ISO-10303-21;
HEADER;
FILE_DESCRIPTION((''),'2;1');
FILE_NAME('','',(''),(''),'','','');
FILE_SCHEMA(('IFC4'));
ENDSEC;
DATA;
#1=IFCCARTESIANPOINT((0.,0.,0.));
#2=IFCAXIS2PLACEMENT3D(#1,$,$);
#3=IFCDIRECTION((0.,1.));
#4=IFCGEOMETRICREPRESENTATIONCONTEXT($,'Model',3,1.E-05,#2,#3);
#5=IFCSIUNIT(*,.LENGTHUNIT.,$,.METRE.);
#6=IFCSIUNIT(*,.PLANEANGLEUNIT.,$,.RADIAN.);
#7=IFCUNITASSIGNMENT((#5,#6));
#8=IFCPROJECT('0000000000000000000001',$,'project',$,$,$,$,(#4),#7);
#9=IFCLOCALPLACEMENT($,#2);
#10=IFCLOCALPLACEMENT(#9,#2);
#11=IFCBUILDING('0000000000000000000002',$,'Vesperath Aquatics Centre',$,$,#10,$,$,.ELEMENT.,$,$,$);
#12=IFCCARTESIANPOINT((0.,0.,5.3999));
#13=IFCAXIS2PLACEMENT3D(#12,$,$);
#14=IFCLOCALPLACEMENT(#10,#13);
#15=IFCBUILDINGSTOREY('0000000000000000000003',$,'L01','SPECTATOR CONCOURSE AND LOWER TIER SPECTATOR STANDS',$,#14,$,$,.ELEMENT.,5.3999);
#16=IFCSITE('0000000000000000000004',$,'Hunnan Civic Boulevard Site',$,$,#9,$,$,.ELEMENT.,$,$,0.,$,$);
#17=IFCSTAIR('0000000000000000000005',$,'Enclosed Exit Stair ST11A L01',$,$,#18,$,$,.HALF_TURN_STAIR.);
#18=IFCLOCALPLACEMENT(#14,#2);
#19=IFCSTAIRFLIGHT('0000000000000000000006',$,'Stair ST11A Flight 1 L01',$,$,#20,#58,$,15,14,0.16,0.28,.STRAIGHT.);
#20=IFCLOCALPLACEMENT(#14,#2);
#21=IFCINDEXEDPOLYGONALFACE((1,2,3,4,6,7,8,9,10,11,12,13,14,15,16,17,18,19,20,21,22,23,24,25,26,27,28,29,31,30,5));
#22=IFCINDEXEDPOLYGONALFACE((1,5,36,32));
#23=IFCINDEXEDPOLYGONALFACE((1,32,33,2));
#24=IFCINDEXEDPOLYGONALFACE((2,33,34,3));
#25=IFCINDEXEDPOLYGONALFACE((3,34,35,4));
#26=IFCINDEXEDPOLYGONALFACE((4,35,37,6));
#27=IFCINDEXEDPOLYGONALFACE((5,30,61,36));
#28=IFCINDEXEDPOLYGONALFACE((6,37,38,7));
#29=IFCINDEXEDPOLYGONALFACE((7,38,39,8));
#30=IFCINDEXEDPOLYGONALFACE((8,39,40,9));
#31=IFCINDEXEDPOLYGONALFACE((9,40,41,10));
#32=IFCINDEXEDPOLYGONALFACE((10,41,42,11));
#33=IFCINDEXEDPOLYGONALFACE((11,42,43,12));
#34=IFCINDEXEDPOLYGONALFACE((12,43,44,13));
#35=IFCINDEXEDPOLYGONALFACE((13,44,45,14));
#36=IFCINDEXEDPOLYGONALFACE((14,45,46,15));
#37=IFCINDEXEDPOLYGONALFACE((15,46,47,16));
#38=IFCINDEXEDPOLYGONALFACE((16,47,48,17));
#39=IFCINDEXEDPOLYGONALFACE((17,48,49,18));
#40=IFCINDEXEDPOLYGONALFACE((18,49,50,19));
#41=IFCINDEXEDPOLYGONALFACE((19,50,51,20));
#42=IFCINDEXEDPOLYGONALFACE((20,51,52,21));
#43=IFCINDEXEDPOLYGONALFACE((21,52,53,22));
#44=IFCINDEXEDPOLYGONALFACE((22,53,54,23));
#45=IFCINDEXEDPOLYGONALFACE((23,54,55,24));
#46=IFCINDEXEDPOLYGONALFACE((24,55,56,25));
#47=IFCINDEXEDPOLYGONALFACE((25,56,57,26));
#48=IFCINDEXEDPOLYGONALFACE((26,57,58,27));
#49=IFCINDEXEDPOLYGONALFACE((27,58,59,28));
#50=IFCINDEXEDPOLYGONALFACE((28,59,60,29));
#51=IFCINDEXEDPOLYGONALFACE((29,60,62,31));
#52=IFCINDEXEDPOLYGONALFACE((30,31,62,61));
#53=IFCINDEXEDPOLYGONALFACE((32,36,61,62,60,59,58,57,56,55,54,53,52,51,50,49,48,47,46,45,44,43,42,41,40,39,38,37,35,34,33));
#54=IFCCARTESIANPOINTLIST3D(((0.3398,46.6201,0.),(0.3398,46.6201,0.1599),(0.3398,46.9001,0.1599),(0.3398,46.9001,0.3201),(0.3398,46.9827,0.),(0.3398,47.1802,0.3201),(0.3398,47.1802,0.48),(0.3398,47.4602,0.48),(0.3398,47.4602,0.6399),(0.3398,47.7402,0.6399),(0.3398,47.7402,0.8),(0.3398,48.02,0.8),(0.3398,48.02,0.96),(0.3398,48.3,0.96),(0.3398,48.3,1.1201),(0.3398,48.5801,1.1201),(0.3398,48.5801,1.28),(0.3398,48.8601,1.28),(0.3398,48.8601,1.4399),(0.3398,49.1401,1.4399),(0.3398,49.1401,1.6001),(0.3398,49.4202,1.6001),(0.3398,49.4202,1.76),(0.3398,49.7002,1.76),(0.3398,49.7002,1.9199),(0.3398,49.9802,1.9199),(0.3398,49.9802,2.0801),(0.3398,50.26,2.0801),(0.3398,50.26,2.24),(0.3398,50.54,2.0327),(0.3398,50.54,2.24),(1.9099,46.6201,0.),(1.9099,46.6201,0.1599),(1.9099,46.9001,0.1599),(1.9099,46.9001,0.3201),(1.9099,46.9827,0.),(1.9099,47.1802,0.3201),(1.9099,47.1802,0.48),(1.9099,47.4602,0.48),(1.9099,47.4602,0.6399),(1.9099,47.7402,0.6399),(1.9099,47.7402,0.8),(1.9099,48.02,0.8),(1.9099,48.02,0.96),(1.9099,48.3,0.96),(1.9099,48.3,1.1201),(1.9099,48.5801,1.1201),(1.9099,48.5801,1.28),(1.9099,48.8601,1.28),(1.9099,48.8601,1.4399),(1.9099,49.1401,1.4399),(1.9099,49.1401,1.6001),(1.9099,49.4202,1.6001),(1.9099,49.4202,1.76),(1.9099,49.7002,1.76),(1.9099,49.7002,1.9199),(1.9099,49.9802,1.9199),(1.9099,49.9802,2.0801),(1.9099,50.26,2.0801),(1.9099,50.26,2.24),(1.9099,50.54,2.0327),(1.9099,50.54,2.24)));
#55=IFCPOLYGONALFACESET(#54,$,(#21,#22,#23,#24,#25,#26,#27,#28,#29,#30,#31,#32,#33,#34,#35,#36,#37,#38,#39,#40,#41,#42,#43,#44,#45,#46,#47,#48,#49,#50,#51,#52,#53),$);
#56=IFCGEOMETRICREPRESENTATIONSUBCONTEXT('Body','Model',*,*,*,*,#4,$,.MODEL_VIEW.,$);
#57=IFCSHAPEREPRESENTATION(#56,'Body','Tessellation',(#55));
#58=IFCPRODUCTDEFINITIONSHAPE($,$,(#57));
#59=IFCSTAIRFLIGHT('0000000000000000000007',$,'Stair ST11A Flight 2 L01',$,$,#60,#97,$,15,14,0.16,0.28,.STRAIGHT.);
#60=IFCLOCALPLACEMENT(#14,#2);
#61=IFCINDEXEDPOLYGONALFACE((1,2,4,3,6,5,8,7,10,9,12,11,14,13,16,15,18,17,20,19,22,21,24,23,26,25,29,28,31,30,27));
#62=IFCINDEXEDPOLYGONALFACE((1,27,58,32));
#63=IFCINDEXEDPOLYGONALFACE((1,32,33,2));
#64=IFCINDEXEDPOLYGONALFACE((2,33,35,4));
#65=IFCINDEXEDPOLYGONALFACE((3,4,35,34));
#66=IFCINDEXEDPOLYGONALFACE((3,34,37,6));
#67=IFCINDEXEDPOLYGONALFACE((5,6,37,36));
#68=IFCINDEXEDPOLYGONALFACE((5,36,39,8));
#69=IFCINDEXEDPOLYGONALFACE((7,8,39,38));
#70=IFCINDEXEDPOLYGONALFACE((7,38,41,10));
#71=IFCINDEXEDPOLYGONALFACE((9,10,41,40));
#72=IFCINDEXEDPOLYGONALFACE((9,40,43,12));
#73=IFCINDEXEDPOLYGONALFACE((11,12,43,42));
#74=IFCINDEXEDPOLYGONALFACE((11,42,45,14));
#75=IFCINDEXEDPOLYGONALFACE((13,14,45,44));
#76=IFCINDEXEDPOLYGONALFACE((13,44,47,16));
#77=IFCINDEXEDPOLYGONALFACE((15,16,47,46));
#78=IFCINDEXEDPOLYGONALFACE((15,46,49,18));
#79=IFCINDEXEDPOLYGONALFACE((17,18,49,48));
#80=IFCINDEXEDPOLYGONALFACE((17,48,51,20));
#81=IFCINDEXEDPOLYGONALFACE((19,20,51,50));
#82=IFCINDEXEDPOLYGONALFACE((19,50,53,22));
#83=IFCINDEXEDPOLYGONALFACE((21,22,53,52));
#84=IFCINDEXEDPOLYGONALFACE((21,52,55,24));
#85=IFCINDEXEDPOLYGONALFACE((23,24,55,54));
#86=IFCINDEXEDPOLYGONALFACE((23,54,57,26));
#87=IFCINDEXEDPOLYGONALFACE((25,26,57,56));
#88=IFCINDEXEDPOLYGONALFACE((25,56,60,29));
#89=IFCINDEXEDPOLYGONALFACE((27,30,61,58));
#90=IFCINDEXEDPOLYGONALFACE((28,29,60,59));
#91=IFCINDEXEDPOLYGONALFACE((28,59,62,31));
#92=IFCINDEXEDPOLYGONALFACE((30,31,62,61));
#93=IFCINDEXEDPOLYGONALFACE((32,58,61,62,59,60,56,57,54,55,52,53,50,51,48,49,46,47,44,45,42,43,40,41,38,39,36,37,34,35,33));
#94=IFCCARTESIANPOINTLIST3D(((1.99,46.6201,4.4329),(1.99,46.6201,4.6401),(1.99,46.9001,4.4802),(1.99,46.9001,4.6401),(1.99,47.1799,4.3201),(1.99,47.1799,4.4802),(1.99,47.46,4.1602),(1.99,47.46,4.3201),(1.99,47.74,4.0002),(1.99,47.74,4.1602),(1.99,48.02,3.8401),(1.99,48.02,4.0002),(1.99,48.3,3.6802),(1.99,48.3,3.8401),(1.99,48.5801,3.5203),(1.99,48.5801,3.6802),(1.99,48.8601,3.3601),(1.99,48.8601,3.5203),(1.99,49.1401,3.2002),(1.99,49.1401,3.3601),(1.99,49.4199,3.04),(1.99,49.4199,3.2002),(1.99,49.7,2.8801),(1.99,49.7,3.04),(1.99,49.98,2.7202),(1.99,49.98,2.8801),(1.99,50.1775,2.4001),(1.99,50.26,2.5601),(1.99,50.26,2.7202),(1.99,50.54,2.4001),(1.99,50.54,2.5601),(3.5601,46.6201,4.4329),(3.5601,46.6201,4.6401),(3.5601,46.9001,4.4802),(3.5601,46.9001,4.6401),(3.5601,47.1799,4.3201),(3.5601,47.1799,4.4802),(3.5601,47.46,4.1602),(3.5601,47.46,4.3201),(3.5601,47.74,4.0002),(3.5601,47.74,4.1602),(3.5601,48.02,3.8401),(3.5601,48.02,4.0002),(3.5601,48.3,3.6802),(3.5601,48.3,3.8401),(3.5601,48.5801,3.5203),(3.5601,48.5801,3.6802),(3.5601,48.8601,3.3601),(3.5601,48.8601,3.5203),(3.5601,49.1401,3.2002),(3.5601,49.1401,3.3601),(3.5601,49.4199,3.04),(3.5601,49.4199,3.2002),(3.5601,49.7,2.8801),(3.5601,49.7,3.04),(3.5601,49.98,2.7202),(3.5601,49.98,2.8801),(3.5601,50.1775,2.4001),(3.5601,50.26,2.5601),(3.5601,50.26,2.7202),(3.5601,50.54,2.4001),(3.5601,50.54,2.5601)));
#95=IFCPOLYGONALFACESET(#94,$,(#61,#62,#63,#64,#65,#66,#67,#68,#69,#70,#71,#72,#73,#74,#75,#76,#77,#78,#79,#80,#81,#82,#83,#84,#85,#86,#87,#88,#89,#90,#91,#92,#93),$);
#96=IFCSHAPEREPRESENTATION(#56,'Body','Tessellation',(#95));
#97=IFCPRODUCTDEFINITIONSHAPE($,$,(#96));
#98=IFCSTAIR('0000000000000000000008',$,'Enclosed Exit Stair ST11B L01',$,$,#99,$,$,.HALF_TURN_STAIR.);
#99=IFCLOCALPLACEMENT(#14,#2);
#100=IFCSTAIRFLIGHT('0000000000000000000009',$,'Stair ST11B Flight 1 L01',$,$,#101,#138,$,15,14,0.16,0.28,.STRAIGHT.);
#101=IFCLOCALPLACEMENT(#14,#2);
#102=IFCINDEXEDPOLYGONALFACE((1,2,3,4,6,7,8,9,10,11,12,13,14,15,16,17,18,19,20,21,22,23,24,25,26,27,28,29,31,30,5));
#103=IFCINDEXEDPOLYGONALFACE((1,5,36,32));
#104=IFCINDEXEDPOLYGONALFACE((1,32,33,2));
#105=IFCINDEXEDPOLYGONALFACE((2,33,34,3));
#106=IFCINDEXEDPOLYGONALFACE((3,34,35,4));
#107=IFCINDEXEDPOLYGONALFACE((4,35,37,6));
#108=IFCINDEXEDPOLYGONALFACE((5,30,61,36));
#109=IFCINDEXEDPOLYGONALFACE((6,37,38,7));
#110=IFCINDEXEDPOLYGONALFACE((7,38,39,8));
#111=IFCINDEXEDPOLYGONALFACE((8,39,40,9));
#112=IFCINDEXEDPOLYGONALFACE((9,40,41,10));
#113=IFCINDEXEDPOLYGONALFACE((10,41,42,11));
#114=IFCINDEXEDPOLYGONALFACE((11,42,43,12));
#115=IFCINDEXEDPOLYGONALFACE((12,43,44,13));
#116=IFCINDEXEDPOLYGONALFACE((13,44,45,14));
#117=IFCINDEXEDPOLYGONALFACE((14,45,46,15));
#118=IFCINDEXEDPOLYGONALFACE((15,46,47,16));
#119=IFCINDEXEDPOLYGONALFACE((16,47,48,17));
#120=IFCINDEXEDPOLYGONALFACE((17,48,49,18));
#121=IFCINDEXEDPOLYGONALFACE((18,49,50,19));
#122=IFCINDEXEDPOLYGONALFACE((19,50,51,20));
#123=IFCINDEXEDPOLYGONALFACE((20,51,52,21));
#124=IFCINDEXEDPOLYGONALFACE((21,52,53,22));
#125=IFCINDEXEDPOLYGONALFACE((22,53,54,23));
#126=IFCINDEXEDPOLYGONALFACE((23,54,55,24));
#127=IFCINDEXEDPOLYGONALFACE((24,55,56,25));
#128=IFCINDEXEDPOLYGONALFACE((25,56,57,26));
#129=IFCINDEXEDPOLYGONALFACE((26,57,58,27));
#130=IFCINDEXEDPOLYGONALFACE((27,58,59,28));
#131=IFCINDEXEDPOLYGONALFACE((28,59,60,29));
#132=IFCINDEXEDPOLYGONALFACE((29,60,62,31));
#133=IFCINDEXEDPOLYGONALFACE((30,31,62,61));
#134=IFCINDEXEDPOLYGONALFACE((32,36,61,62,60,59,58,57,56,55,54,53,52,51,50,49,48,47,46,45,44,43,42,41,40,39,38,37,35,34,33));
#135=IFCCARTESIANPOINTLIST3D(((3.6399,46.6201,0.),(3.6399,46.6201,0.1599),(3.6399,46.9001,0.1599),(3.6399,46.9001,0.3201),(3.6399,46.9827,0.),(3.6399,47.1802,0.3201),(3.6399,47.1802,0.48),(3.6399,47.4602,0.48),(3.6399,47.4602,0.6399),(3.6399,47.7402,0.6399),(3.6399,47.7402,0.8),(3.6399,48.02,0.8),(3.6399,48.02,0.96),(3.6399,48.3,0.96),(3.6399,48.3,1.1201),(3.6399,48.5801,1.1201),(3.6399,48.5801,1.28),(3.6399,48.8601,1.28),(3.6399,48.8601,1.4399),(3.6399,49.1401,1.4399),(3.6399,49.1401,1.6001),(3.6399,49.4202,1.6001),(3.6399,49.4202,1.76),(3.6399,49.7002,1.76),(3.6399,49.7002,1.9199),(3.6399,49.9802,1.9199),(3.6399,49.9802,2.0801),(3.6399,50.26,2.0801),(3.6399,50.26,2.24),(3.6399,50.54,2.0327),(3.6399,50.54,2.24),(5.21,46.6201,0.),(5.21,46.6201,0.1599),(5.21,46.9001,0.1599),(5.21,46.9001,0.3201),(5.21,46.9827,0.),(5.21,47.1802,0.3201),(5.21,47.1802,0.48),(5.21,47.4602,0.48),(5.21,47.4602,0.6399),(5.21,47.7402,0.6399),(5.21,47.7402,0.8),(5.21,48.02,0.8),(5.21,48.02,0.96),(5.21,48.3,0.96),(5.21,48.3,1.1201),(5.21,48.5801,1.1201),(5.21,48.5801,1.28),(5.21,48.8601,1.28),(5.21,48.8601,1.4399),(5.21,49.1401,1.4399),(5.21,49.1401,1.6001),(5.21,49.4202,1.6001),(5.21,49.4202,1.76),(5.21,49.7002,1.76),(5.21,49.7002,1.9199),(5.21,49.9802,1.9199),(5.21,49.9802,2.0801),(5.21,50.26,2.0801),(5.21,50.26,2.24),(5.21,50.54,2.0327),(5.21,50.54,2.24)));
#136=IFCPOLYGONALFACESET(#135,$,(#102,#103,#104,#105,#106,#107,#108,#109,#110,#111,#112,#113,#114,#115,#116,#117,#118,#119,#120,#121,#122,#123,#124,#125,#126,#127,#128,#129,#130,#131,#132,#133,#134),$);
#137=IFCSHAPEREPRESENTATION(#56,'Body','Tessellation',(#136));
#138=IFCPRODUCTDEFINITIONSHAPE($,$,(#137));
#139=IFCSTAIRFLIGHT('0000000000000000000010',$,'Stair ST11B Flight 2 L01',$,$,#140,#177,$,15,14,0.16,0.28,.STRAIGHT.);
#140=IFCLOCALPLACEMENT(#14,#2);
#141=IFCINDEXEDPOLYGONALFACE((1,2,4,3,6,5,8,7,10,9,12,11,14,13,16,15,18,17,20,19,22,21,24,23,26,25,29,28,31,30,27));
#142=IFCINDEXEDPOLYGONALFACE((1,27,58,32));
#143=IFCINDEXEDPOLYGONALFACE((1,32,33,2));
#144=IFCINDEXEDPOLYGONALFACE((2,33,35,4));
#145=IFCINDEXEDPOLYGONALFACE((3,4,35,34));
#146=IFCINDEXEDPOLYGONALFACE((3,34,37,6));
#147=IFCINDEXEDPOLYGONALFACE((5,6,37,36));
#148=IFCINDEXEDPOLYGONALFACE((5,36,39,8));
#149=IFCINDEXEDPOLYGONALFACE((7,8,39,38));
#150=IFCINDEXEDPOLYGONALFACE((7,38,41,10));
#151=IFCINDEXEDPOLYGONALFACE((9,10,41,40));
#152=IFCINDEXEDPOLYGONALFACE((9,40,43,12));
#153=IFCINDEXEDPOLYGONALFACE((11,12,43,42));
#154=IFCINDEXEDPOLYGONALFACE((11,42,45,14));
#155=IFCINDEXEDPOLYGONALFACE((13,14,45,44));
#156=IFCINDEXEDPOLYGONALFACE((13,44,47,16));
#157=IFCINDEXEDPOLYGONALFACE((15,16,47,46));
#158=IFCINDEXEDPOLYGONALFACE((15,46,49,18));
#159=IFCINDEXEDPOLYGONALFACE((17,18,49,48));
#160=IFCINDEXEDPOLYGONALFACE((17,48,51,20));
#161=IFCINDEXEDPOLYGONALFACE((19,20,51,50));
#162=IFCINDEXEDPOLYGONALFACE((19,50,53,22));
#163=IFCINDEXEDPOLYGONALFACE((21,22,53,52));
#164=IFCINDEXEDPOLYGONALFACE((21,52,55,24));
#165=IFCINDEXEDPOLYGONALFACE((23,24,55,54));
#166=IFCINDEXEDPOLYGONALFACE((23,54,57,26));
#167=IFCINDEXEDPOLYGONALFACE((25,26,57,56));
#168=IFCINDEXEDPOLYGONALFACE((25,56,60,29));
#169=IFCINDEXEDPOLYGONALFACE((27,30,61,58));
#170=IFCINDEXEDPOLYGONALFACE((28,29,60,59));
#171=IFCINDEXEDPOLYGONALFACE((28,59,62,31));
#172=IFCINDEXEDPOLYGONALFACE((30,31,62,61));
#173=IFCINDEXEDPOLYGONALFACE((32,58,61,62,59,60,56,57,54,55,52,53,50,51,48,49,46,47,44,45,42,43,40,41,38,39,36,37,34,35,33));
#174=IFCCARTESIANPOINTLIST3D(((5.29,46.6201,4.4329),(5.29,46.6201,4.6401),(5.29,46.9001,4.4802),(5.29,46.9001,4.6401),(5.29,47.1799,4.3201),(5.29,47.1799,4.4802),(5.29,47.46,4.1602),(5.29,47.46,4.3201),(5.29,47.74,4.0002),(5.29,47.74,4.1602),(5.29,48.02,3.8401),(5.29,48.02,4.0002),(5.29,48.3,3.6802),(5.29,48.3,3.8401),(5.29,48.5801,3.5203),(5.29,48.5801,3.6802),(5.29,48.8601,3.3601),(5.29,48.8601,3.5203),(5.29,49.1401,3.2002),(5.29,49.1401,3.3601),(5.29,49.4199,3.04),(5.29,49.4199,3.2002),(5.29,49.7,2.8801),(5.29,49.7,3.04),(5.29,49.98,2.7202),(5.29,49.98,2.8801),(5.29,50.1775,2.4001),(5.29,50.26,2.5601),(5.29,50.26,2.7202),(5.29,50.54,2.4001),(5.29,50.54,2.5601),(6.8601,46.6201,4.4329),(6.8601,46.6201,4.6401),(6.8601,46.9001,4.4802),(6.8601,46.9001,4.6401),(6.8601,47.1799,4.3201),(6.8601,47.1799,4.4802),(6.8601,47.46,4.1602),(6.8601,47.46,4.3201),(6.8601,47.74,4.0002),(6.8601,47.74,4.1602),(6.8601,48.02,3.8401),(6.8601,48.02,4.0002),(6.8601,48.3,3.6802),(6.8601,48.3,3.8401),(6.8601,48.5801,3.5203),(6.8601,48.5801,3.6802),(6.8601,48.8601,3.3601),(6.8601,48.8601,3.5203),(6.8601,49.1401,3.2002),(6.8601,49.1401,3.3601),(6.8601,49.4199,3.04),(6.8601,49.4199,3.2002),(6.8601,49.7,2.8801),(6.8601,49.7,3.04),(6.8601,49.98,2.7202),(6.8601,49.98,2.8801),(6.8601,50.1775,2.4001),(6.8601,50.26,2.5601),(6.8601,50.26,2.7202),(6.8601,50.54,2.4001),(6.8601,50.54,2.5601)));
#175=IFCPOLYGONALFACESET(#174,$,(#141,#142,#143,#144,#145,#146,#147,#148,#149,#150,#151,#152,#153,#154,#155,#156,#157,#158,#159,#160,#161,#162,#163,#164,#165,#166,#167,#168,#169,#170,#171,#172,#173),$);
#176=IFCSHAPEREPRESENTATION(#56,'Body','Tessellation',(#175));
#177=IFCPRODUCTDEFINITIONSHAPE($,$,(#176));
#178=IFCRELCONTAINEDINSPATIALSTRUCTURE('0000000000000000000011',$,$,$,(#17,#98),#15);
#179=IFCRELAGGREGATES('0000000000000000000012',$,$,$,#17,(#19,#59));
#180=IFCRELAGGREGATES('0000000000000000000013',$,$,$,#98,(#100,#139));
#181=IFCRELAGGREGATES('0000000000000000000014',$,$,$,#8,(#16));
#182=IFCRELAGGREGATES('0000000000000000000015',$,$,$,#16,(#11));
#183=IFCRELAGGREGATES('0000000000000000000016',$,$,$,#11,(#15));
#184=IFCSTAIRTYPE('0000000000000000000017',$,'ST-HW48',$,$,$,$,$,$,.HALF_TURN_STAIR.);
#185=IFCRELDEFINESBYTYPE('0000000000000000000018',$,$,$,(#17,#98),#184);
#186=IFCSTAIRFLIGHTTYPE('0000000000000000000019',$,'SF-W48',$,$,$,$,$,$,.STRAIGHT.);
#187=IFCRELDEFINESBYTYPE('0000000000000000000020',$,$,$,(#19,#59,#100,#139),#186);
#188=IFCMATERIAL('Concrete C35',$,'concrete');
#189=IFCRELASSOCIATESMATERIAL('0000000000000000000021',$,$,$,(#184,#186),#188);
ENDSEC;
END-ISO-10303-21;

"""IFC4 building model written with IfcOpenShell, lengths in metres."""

from ifc_helpers import new_model, si_unit, direction, frame, origin, place, context, subcontext, project, spatial, polyline, outline, extrude, material, type_object, element, aggregate, save


model = new_model("IFC4")

# Units and contexts
model_context = context("Model", 3, precision=1e-05, world=origin(), true_north=direction((0.0, 1.0)))
body_context = subcontext(model_context, "Body", "Model", "MODEL_VIEW")
ifc_project = project(units=[si_unit("LENGTHUNIT", "METRE"), si_unit("PLANEANGLEUNIT", "RADIAN")], contexts=[model_context])

# Site, building, storey
site_placement = place(None, origin())
site = spatial("IfcSite", under=ifc_project, at=site_placement, Name="Hunnan Civic Boulevard Site", CompositionType="ELEMENT", RefElevation=0.0)
building_placement = place(site_placement, origin())
building = spatial("IfcBuilding", under=site, at=building_placement, Name="Vesperath Aquatics Centre", CompositionType="ELEMENT")
storey_placement = place(building_placement, frame((0.0, 0.0, 5.3999)))
storey = spatial("IfcBuildingStorey", under=building, at=storey_placement, Name="L01", Description="SPECTATOR CONCOURSE AND LOWER TIER SPECTATOR STANDS", CompositionType="ELEMENT", Elevation=5.3999)

# Shared definitions
ifc_material_1 = material(Name="Concrete C35", Category="concrete")

# Stairs, stair flights
stair_type = type_object("IfcStairType", Name="ST-HW48", PredefinedType="HALF_TURN_STAIR", material=ifc_material_1)
stair_1_placement = place(storey_placement, origin())
stair_1 = element("IfcStair", 1, at=stair_1_placement, inside=storey, type_object=stair_type, Name="Enclosed Exit Stair ST11A L01", PredefinedType="HALF_TURN_STAIR")
stair_flight_type = type_object("IfcStairFlightType", Name="SF-W48", PredefinedType="STRAIGHT", material=ifc_material_1)
stair_flight_1_placement = place(storey_placement, frame((1.125, 46.6201, 0.0), z_axis=(0.0, 0.0, 1.0), x_axis=(0.0, 1.0, 0.0)))
stair_flight_1 = element("IfcStairFlight", 2, at=stair_flight_1_placement, type_object=stair_flight_type, Name="Stair ST11A Flight 1 L01", NumberOfRisers=15, NumberOfTreads=14, PredefinedType="STRAIGHT", RiserHeight=0.16, TreadLength=0.28, context=body_context, shape_type="SweptSolid", body=[
    extrude(outline(polyline([(0.0, 0.0), (0.0, 0.1599), (0.28, 0.1599), (0.28, 0.3201), (0.5601, 0.3201), (0.5601, 0.48), (0.8401, 0.48), (0.8401, 0.6399), (1.1201, 0.6399), (1.1201, 0.8), (1.3999, 0.8), (1.3999, 0.96), (1.6799, 0.96), (1.6799, 1.1201), (1.96, 1.1201), (1.96, 1.28), (2.24, 1.28), (2.24, 1.4399), (2.52, 1.4399), (2.52, 1.6001), (2.8, 1.6001), (2.8, 1.76), (3.0801, 1.76), (3.0801, 1.9199), (3.3601, 1.9199), (3.3601, 2.0801), (3.6399, 2.0801), (3.6399, 2.24), (3.9199, 2.24), (3.9199, 2.3999), (3.9199, 2.0327), (0.3625, 0.0), (0.0, 0.0)])), frame((0.0, 0.7852, 0.0), z_axis=(0.0, -1.0, 0.0), x_axis=(1.0, 0.0, 0.0)), (0.0, 0.0, 1.0), 1.5701),
])
stair_flight_2_placement = place(storey_placement, frame((2.7749, 50.54, 2.4001), z_axis=(0.0, 0.0, 1.0), x_axis=(0.0, -1.0, 0.0)))
stair_flight_2 = element("IfcStairFlight", 3, at=stair_flight_2_placement, type_object=stair_flight_type, Name="Stair ST11A Flight 2 L01", NumberOfRisers=15, NumberOfTreads=14, PredefinedType="STRAIGHT", RiserHeight=0.16, TreadLength=0.28, context=body_context, shape_type="SweptSolid", body=[
    extrude(outline(polyline([(0.0, 0.0), (0.0, 0.1599), (0.28, 0.1599), (0.28, 0.3201), (0.5601, 0.3201), (0.5601, 0.48), (0.8401, 0.48), (0.8401, 0.6399), (1.1201, 0.6399), (1.1201, 0.8), (1.3999, 0.8), (1.3999, 0.96), (1.6799, 0.96), (1.6799, 1.1201), (1.96, 1.1201), (1.96, 1.28), (2.24, 1.28), (2.24, 1.4399), (2.52, 1.4399), (2.52, 1.6001), (2.8, 1.6001), (2.8, 1.76), (3.0801, 1.76), (3.0801, 1.9199), (3.3601, 1.9199), (3.3601, 2.0801), (3.6399, 2.0801), (3.6399, 2.24), (3.9199, 2.24), (3.9199, 2.3999), (3.9199, 2.0327), (0.3625, 0.0), (0.0, 0.0)])), frame((0.0, 0.7852, 0.0), z_axis=(0.0, -1.0, 0.0), x_axis=(1.0, 0.0, 0.0)), (0.0, 0.0, 1.0), 1.5701),
])
aggregate(stair_1, [stair_flight_1, stair_flight_2])
stair_2_placement = place(storey_placement, origin())
stair_2 = element("IfcStair", 4, at=stair_2_placement, inside=storey, type_object=stair_type, Name="Enclosed Exit Stair ST11B L01", PredefinedType="HALF_TURN_STAIR")
stair_flight_3_placement = place(storey_placement, frame((4.425, 46.6201, 0.0), z_axis=(0.0, 0.0, 1.0), x_axis=(0.0, 1.0, 0.0)))
stair_flight_3 = element("IfcStairFlight", 5, at=stair_flight_3_placement, type_object=stair_flight_type, Name="Stair ST11B Flight 1 L01", NumberOfRisers=15, NumberOfTreads=14, PredefinedType="STRAIGHT", RiserHeight=0.16, TreadLength=0.28, context=body_context, shape_type="SweptSolid", body=[
    extrude(outline(polyline([(0.0, 0.0), (0.0, 0.1599), (0.28, 0.1599), (0.28, 0.3201), (0.5601, 0.3201), (0.5601, 0.48), (0.8401, 0.48), (0.8401, 0.6399), (1.1201, 0.6399), (1.1201, 0.8), (1.3999, 0.8), (1.3999, 0.96), (1.6799, 0.96), (1.6799, 1.1201), (1.96, 1.1201), (1.96, 1.28), (2.24, 1.28), (2.24, 1.4399), (2.52, 1.4399), (2.52, 1.6001), (2.8, 1.6001), (2.8, 1.76), (3.0801, 1.76), (3.0801, 1.9199), (3.3601, 1.9199), (3.3601, 2.0801), (3.6399, 2.0801), (3.6399, 2.24), (3.9199, 2.24), (3.9199, 2.3999), (3.9199, 2.0327), (0.3625, 0.0), (0.0, 0.0)])), frame((0.0, 0.7852, 0.0), z_axis=(0.0, -1.0, 0.0), x_axis=(1.0, 0.0, 0.0)), (0.0, 0.0, 1.0), 1.5701),
])
stair_flight_4_placement = place(storey_placement, frame((6.075, 50.54, 2.4001), z_axis=(0.0, 0.0, 1.0), x_axis=(0.0, -1.0, 0.0)))
stair_flight_4 = element("IfcStairFlight", 6, at=stair_flight_4_placement, type_object=stair_flight_type, Name="Stair ST11B Flight 2 L01", NumberOfRisers=15, NumberOfTreads=14, PredefinedType="STRAIGHT", RiserHeight=0.16, TreadLength=0.28, context=body_context, shape_type="SweptSolid", body=[
    extrude(outline(polyline([(0.0, 0.0), (0.0, 0.1599), (0.28, 0.1599), (0.28, 0.3201), (0.5601, 0.3201), (0.5601, 0.48), (0.8401, 0.48), (0.8401, 0.6399), (1.1201, 0.6399), (1.1201, 0.8), (1.3999, 0.8), (1.3999, 0.96), (1.6799, 0.96), (1.6799, 1.1201), (1.96, 1.1201), (1.96, 1.28), (2.24, 1.28), (2.24, 1.4399), (2.52, 1.4399), (2.52, 1.6001), (2.8, 1.6001), (2.8, 1.76), (3.0801, 1.76), (3.0801, 1.9199), (3.3601, 1.9199), (3.3601, 2.0801), (3.6399, 2.0801), (3.6399, 2.24), (3.9199, 2.24), (3.9199, 2.3999), (3.9199, 2.0327), (0.3625, 0.0), (0.0, 0.0)])), frame((0.0, 0.7852, 0.0), z_axis=(0.0, -1.0, 0.0), x_axis=(1.0, 0.0, 0.0)), (0.0, 0.0, 1.0), 1.5701),
])
aggregate(stair_2, [stair_flight_3, stair_flight_4])

save(model, "model.ifc")
